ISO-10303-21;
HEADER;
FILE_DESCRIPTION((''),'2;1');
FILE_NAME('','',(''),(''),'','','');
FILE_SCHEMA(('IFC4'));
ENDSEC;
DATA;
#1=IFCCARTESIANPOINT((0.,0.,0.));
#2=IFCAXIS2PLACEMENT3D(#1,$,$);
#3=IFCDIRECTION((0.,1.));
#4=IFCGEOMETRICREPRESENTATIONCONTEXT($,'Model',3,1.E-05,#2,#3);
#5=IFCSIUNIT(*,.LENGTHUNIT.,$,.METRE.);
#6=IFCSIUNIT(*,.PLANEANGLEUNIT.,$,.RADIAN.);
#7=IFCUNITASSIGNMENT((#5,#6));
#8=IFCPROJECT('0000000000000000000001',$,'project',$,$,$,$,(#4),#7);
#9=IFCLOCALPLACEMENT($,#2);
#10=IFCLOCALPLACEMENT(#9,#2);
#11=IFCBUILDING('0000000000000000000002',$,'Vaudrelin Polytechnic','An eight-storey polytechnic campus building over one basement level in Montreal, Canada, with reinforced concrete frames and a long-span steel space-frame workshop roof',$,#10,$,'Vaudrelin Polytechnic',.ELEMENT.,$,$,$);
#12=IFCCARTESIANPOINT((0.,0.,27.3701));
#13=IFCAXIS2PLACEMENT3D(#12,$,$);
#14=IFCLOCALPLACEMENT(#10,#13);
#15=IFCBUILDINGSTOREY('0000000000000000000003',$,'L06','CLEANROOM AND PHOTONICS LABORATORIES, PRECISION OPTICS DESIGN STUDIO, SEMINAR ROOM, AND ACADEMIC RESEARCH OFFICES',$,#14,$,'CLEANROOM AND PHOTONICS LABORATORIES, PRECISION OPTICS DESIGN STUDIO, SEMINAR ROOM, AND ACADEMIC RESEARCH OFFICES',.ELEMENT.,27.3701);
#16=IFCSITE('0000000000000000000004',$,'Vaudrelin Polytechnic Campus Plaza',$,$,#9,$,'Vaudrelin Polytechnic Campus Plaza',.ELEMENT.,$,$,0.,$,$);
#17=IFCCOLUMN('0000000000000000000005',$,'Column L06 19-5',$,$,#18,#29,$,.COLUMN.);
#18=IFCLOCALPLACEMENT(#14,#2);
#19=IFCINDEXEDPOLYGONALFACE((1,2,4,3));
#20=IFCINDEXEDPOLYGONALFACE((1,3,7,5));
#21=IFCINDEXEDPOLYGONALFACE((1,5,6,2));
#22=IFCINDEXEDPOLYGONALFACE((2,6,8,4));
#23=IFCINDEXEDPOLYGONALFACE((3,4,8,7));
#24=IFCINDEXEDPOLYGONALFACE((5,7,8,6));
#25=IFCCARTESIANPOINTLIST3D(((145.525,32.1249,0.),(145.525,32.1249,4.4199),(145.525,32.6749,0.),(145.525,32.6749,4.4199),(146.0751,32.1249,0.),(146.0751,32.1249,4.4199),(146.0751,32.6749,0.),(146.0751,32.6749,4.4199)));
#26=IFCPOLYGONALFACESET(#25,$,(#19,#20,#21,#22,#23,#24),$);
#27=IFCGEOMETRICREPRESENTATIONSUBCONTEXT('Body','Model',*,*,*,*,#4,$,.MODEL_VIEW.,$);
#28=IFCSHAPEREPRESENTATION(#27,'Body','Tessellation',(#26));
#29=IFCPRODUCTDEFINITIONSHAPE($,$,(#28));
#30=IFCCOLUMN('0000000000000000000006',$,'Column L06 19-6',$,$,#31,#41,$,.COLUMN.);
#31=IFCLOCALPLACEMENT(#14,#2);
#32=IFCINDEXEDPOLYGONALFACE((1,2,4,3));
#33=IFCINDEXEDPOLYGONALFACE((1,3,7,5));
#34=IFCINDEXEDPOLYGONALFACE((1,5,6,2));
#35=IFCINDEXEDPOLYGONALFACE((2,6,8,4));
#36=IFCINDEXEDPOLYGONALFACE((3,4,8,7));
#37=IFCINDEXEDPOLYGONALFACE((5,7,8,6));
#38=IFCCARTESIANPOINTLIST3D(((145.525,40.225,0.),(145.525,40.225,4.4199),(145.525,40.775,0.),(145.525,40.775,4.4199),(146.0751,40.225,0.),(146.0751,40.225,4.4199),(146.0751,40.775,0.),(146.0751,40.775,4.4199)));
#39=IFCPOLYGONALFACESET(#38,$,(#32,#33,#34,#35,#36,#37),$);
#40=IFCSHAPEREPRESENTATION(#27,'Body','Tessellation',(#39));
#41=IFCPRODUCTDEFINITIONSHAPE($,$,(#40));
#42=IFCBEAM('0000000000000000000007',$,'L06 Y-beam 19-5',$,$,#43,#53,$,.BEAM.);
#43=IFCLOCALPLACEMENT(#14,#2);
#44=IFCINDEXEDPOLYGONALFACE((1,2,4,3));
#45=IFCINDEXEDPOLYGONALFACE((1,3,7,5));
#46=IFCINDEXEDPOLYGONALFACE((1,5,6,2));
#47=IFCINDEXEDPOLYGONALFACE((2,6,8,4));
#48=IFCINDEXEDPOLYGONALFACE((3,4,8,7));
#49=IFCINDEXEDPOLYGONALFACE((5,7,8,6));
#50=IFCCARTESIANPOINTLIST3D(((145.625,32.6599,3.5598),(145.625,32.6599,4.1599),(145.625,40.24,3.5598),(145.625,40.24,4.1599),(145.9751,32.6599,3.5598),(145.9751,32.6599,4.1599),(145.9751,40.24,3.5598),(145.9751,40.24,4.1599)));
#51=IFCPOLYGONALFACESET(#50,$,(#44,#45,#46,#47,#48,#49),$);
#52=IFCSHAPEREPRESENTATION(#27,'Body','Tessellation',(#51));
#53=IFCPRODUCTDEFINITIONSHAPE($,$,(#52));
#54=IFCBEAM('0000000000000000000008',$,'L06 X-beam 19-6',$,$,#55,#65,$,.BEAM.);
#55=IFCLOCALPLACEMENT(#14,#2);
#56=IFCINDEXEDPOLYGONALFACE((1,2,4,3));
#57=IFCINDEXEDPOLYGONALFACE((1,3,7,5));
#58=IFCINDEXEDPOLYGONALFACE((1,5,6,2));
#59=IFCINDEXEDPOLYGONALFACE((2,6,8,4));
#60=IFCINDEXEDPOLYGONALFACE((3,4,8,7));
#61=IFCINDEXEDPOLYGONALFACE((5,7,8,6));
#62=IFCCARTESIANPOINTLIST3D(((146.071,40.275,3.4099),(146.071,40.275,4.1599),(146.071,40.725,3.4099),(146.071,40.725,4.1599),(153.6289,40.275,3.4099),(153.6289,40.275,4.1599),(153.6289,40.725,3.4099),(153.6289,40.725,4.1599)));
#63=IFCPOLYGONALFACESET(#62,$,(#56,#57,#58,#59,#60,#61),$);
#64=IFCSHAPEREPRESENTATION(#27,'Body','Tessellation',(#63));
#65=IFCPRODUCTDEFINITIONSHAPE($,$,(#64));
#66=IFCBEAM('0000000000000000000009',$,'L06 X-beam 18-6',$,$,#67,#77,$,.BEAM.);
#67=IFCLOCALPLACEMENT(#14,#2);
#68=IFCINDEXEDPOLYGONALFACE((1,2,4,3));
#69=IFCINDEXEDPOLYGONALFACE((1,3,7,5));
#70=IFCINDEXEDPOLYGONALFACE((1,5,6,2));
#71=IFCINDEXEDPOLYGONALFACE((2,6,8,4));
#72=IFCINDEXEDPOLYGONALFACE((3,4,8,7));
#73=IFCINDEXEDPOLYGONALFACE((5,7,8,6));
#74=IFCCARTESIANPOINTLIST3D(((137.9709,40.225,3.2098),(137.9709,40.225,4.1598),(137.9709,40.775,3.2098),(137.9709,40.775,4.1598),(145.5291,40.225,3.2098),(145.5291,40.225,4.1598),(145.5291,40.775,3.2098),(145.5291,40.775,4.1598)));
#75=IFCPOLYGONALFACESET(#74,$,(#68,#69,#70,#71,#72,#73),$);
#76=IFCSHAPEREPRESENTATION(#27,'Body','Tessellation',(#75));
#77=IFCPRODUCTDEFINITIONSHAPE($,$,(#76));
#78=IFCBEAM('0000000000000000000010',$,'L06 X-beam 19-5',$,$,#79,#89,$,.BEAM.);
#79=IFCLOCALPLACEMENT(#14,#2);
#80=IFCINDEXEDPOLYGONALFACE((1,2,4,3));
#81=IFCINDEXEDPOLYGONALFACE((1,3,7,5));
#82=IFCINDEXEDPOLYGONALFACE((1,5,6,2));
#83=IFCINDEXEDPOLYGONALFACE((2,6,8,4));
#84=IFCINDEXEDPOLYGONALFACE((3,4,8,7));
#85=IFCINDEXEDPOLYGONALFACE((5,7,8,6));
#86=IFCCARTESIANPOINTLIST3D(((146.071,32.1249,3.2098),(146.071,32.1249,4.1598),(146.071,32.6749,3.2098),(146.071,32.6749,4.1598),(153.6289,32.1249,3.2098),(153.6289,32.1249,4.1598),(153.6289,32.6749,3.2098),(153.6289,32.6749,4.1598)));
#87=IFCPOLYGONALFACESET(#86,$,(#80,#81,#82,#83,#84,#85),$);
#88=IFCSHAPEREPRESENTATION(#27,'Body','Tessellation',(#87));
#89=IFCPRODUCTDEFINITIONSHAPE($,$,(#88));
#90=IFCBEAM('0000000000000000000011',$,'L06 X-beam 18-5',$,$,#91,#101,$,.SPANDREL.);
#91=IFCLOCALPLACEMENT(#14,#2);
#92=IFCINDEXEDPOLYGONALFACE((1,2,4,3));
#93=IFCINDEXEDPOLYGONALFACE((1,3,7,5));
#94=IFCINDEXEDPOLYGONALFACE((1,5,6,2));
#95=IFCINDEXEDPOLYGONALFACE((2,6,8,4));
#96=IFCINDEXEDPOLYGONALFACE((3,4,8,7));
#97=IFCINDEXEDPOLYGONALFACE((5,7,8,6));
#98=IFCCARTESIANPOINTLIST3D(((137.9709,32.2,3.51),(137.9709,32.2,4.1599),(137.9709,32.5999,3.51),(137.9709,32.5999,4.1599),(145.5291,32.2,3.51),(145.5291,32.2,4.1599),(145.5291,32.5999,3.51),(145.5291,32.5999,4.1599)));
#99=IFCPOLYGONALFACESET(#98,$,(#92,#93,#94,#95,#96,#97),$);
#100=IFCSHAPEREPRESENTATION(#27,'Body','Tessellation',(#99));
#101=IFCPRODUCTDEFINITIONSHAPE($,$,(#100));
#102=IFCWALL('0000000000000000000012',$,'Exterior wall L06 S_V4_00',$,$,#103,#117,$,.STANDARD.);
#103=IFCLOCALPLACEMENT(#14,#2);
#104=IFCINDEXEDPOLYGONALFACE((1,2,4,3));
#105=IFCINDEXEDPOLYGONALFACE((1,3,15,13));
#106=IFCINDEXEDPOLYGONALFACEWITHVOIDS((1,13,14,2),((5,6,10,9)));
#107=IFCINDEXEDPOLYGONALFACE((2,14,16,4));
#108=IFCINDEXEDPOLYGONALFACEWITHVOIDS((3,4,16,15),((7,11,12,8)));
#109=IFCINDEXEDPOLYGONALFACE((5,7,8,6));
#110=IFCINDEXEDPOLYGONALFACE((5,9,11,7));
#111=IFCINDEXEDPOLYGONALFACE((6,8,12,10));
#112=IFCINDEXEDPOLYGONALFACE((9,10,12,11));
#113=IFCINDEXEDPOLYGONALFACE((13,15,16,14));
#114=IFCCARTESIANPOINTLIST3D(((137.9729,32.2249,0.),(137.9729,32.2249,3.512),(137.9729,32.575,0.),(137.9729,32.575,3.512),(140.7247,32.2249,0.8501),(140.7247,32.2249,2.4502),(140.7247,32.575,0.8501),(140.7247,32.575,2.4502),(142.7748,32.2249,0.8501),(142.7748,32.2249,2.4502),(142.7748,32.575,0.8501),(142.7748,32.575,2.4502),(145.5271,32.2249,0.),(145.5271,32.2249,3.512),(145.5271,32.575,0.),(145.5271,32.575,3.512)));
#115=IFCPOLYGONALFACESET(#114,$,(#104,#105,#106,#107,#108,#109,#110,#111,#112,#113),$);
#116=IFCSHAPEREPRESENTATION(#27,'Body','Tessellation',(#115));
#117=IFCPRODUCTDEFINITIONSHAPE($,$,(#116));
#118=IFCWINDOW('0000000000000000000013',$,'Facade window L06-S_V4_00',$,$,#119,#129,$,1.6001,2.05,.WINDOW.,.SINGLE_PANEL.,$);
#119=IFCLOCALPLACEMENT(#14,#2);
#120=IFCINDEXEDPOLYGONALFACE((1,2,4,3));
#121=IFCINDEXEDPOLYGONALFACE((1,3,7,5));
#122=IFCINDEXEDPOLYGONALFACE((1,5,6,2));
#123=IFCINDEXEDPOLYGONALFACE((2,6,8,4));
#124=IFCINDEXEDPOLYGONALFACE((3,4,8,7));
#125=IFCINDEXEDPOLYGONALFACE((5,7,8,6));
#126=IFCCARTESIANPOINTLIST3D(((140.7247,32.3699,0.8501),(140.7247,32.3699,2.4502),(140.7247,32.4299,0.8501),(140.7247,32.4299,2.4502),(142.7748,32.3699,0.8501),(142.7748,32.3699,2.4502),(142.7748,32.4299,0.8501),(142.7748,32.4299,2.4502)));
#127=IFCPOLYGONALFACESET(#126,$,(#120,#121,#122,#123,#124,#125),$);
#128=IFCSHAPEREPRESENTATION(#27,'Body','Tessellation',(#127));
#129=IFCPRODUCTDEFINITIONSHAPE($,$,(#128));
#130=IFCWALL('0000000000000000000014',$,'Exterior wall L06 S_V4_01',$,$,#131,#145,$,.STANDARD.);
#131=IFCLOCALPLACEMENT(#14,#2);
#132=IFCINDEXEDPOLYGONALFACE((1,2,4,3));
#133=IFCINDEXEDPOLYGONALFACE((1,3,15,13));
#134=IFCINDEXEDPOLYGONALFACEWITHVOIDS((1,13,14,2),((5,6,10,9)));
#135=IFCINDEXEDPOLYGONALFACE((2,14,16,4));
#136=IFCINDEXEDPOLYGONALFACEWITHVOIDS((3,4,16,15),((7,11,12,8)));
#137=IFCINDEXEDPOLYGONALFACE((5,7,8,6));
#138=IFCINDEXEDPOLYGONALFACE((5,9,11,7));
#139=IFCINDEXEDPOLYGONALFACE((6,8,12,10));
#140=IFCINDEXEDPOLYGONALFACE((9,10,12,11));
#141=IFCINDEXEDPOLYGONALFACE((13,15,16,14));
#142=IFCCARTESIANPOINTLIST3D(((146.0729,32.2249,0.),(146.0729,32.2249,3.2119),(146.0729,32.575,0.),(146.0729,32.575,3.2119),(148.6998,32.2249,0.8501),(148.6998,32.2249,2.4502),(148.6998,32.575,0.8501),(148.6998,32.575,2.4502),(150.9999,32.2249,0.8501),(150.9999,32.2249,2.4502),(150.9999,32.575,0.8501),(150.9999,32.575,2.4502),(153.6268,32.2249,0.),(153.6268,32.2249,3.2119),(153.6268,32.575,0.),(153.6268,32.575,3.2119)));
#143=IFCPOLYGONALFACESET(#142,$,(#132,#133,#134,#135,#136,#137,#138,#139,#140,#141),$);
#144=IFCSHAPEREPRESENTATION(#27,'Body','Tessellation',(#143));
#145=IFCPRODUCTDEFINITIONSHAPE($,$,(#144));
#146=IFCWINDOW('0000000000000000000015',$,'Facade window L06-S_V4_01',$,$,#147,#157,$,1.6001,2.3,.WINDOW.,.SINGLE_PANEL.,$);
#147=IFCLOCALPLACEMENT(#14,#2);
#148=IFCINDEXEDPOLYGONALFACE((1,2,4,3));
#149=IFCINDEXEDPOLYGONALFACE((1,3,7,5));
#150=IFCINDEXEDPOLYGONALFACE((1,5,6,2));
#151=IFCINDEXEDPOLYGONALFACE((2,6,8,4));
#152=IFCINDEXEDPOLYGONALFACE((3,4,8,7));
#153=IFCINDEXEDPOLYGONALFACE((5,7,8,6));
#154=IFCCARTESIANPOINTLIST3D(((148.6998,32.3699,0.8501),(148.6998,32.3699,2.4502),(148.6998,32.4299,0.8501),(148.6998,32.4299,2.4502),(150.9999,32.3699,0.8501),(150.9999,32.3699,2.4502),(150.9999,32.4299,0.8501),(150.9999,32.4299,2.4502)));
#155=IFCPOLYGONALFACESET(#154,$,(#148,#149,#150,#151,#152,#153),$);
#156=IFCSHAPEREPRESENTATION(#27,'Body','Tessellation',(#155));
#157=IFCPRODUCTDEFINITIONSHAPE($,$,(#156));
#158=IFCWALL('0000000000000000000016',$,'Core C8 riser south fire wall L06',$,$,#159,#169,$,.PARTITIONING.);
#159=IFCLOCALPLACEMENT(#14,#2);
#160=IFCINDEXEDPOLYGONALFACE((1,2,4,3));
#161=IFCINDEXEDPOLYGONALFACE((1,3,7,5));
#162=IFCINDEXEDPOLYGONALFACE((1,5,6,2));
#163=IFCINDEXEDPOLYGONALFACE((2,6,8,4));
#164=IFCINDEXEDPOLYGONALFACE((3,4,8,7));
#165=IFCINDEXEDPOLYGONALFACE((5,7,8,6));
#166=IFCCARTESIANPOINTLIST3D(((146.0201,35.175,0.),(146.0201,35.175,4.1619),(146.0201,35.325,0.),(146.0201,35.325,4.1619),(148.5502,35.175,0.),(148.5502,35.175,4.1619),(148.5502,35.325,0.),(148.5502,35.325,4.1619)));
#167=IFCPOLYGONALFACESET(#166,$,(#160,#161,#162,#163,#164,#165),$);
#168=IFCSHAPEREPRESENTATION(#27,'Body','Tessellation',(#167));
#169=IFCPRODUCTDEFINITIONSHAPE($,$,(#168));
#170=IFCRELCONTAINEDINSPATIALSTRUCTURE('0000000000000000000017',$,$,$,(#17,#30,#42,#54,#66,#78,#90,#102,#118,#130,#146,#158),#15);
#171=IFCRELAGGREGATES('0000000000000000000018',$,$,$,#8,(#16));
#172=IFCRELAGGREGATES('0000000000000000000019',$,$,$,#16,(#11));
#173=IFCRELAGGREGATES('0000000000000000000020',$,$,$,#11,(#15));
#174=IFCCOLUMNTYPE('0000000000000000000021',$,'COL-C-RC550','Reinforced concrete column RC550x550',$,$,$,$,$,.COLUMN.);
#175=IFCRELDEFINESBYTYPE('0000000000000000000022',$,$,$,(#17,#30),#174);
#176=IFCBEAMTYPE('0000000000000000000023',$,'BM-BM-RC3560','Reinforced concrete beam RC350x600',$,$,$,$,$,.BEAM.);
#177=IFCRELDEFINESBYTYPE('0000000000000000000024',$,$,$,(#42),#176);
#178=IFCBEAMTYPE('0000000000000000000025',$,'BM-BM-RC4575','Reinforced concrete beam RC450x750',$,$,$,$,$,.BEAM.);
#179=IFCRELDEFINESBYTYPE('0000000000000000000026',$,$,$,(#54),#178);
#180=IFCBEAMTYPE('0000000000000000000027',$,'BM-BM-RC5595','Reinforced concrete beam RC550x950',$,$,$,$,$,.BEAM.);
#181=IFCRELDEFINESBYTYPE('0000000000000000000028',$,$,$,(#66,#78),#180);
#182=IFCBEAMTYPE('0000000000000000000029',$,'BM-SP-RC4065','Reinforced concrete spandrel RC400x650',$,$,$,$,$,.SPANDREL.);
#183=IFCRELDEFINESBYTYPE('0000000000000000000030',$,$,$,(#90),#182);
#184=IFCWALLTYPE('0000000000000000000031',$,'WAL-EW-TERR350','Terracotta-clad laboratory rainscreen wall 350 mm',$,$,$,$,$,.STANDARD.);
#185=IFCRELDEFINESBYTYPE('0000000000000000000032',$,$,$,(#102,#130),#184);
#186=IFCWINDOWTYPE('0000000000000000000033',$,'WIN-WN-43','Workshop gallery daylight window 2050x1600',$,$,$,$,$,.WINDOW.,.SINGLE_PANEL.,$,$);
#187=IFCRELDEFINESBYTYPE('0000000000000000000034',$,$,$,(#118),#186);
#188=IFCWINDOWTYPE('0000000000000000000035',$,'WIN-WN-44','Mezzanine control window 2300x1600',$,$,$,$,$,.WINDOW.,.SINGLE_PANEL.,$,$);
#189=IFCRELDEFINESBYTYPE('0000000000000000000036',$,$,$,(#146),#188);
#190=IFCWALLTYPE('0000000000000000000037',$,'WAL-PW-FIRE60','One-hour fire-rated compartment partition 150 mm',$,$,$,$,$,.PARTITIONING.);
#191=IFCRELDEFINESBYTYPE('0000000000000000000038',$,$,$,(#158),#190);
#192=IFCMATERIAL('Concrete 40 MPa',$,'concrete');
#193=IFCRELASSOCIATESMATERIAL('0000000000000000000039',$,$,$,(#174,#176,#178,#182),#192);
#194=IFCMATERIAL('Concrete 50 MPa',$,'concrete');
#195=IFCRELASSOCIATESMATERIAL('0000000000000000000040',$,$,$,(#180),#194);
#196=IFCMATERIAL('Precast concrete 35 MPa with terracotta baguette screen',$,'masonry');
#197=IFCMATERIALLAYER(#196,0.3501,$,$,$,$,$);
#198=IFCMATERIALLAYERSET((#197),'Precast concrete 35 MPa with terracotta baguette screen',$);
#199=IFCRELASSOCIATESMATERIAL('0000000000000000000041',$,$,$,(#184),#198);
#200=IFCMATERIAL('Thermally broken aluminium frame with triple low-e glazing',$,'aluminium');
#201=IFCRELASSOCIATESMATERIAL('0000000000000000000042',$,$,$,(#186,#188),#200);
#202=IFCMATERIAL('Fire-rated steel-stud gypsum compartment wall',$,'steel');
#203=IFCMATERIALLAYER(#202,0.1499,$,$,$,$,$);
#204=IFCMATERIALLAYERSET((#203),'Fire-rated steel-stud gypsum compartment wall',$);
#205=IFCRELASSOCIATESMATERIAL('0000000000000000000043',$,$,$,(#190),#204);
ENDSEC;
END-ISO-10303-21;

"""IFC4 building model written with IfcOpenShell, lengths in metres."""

from ifc_helpers import new_model, si_unit, direction, frame, frame_2d, origin, origin_2d, place, context, subcontext, project, spatial, rectangle, extrude, material, layer, layer_set, material_profile, profile_set, type_object, element, fill, save


model = new_model("IFC4")

# Units and contexts
model_context = context("Model", 3, precision=1e-05, world=origin(), true_north=direction((0.0, 1.0)))
body_context = subcontext(model_context, "Body", "Model", "MODEL_VIEW")
ifc_project = project(units=[si_unit("LENGTHUNIT", "METRE"), si_unit("PLANEANGLEUNIT", "RADIAN")], contexts=[model_context])

# Site, building, storey
site_placement = place(None, origin())
site = spatial("IfcSite", under=ifc_project, at=site_placement, Name="Vaudrelin Polytechnic Campus Plaza", LongName="Vaudrelin Polytechnic Campus Plaza", CompositionType="ELEMENT", RefElevation=0.0)
building_placement = place(site_placement, origin())
building = spatial("IfcBuilding", under=site, at=building_placement, Name="Vaudrelin Polytechnic", Description="An eight-storey polytechnic campus building over one basement level in Montreal, Canada, with reinforced concrete frames and a long-span steel space-frame workshop roof", LongName="Vaudrelin Polytechnic", CompositionType="ELEMENT")
storey_placement = place(building_placement, frame((0.0, 0.0, 27.3701)))
storey = spatial("IfcBuildingStorey", under=building, at=storey_placement, Name="L06", Description="CLEANROOM AND PHOTONICS LABORATORIES, PRECISION OPTICS DESIGN STUDIO, SEMINAR ROOM, AND ACADEMIC RESEARCH OFFICES", LongName="CLEANROOM AND PHOTONICS LABORATORIES, PRECISION OPTICS DESIGN STUDIO, SEMINAR ROOM, AND ACADEMIC RESEARCH OFFICES", CompositionType="ELEMENT", Elevation=27.3701)

# Columns
ifc_material_1 = material(Name="Concrete 40 MPa", Category="concrete")
ifc_material_profile_1 = material_profile(ifc_material_1, rectangle(XDim=0.55, YDim=0.55, at=origin_2d()), Name="RC550x550")
ifc_profile_set_1 = profile_set([ifc_material_profile_1], Name="Concrete 40 MPa")
column_type = type_object("IfcColumnType", Name="COL-C-RC550", Description="Reinforced concrete column RC550x550", PredefinedType="COLUMN", material=ifc_profile_set_1)
for number, where, z_axis, x_axis, name in (
    (1, (145.8, 32.3999, 0.0), (0.0, 0.0, 1.0), (1.0, 0.0, 0.0), "Column L06 19-5"),
    (2, (145.8, 40.5, 0.0), (0.0, 0.0, 1.0), (1.0, 0.0, 0.0), "Column L06 19-6"),
):
    element("IfcColumn", number, at=place(storey_placement, frame(where, z_axis=z_axis, x_axis=x_axis)), inside=storey, type_object=column_type, Name=name, PredefinedType="COLUMN", context=body_context, shape_type="SweptSolid", body=[
        extrude(rectangle(XDim=0.55, YDim=0.55, at=origin_2d()), origin(), (0.0, 0.0, 1.0), 4.4199),
    ])

# Beams
ifc_material_profile_2 = material_profile(ifc_material_1, rectangle(XDim=0.3501, YDim=0.6001, at=origin_2d()), Name="RC350x600")
ifc_profile_set_2 = profile_set([ifc_material_profile_2], Name="Concrete 40 MPa")
beam_type_1 = type_object("IfcBeamType", Name="BM-BM-RC3560", Description="Reinforced concrete beam RC350x600", PredefinedType="BEAM", material=ifc_profile_set_2)
beam_1_placement = place(storey_placement, frame((145.8, 32.6599, 3.8599), z_axis=(0.0, 1.0, 0.0), x_axis=(-1.0, 0.0, 0.0)))
element("IfcBeam", 3, at=beam_1_placement, inside=storey, type_object=beam_type_1, Name="L06 Y-beam 19-5", PredefinedType="BEAM", context=body_context, shape_type="SweptSolid", body=[
    extrude(rectangle(XDim=0.3501, YDim=0.6001, at=origin_2d()), origin(), (0.0, 0.0, 1.0), 7.5801),
])
ifc_material_profile_3 = material_profile(ifc_material_1, rectangle(XDim=0.45, YDim=0.75, at=origin_2d()), Name="RC450x750")
ifc_profile_set_3 = profile_set([ifc_material_profile_3], Name="Concrete 40 MPa")
beam_type_2 = type_object("IfcBeamType", Name="BM-BM-RC4575", Description="Reinforced concrete beam RC450x750", PredefinedType="BEAM", material=ifc_profile_set_3)
beam_2_placement = place(storey_placement, frame((146.071, 40.5, 3.7849), z_axis=(1.0, 0.0, 0.0), x_axis=(0.0, 1.0, 0.0)))
element("IfcBeam", 4, at=beam_2_placement, inside=storey, type_object=beam_type_2, Name="L06 X-beam 19-6", PredefinedType="BEAM", context=body_context, shape_type="SweptSolid", body=[
    extrude(rectangle(XDim=0.45, YDim=0.75, at=origin_2d()), origin(), (0.0, 0.0, 1.0), 7.5579),
])
ifc_material_2 = material(Name="Concrete 50 MPa", Category="concrete")
ifc_material_profile_4 = material_profile(ifc_material_2, rectangle(XDim=0.55, YDim=0.95, at=origin_2d()), Name="RC550x950")
ifc_profile_set_4 = profile_set([ifc_material_profile_4], Name="Concrete 50 MPa")
beam_type_3 = type_object("IfcBeamType", Name="BM-BM-RC5595", Description="Reinforced concrete beam RC550x950", PredefinedType="BEAM", material=ifc_profile_set_4)
beam_3_placement = place(storey_placement, frame((137.9709, 40.5, 3.6848), z_axis=(1.0, 0.0, 0.0), x_axis=(0.0, 1.0, 0.0)))
element("IfcBeam", 5, at=beam_3_placement, inside=storey, type_object=beam_type_3, Name="L06 X-beam 18-6", PredefinedType="BEAM", context=body_context, shape_type="SweptSolid", body=[
    extrude(rectangle(XDim=0.55, YDim=0.95, at=origin_2d()), origin(), (0.0, 0.0, 1.0), 7.5581),
])
beam_4_placement = place(storey_placement, frame((146.071, 32.3999, 3.6848), z_axis=(1.0, 0.0, 0.0), x_axis=(0.0, 1.0, 0.0)))
element("IfcBeam", 6, at=beam_4_placement, inside=storey, type_object=beam_type_3, Name="L06 X-beam 19-5", PredefinedType="BEAM", context=body_context, shape_type="SweptSolid", body=[
    extrude(rectangle(XDim=0.55, YDim=0.95, at=origin_2d()), origin(), (0.0, 0.0, 1.0), 7.5579),
])
ifc_material_profile_5 = material_profile(ifc_material_1, rectangle(XDim=0.3999, YDim=0.6499, at=origin_2d()), Name="RC400x650")
ifc_profile_set_5 = profile_set([ifc_material_profile_5], Name="Concrete 40 MPa")
beam_type_4 = type_object("IfcBeamType", Name="BM-SP-RC4065", Description="Reinforced concrete spandrel RC400x650", PredefinedType="SPANDREL", material=ifc_profile_set_5)
beam_5_placement = place(storey_placement, frame((137.9709, 32.3999, 3.835), z_axis=(1.0, 0.0, 0.0), x_axis=(0.0, 1.0, 0.0)))
element("IfcBeam", 7, at=beam_5_placement, inside=storey, type_object=beam_type_4, Name="L06 X-beam 18-5", PredefinedType="SPANDREL", context=body_context, shape_type="SweptSolid", body=[
    extrude(rectangle(XDim=0.3999, YDim=0.6499, at=origin_2d()), origin(), (0.0, 0.0, 1.0), 7.5581),
])

# Walls, openings, windows
ifc_material_3 = material(Name="Precast concrete 35 MPa with terracotta baguette screen", Category="masonry")
ifc_layer_1 = layer(ifc_material_3, 0.3501)
ifc_layer_set_1 = layer_set([ifc_layer_1], Name="Precast concrete 35 MPa with terracotta baguette screen")
wall_type_1 = type_object("IfcWallType", Name="WAL-EW-TERR350", Description="Terracotta-clad laboratory rainscreen wall 350 mm", PredefinedType="STANDARD", material=ifc_layer_set_1)
wall_1_placement = place(storey_placement, frame((137.9729, 32.3999, 0.0), z_axis=(0.0, 0.0, 1.0), x_axis=(1.0, 0.0, 0.0)))
wall_1 = element("IfcWall", 8, at=wall_1_placement, inside=storey, type_object=wall_type_1, Name="Exterior wall L06 S_V4_00", PredefinedType="STANDARD", context=body_context, shape_type="SweptSolid", body=[
    extrude(rectangle(XDim=7.5542, YDim=0.3501, at=frame_2d((3.7771, 0.0))), origin(), (0.0, 0.0, 1.0), 3.512),
])
opening_1_placement = place(wall_1_placement, frame((2.752, 0.0, 0.8501)))
opening_1 = element("IfcOpeningElement", 9, at=opening_1_placement, cuts=wall_1, PredefinedType="OPENING", context=body_context, shape_type="SweptSolid", body=[
    extrude(rectangle(XDim=2.05, YDim=1.6001, at=frame_2d((1.0249, 0.8))), frame((0.0, 0.1851, 0.0), z_axis=(0.0, -1.0, 0.0), x_axis=(1.0, 0.0, 0.0)), (0.0, 0.0, 1.0), 0.3701),
])
ifc_material_4 = material(Name="Thermally broken aluminium frame with triple low-e glazing", Category="aluminium")
window_type_1 = type_object("IfcWindowType", Name="WIN-WN-43", Description="Workshop gallery daylight window 2050x1600", PartitioningType="SINGLE_PANEL", PredefinedType="WINDOW", material=ifc_material_4)
window_1_placement = place(opening_1_placement, origin())
window_1 = element("IfcWindow", 10, at=window_1_placement, inside=storey, type_object=window_type_1, Name="Facade window L06-S_V4_00", OverallHeight=1.6001, OverallWidth=2.05, PartitioningType="SINGLE_PANEL", PredefinedType="WINDOW", context=body_context, shape_type="SweptSolid", body=[
    extrude(rectangle(XDim=2.05, YDim=1.6001, at=frame_2d((1.0249, 0.8))), frame((0.0, 0.03, 0.0), z_axis=(0.0, -1.0, 0.0), x_axis=(1.0, 0.0, 0.0)), (0.0, 0.0, 1.0), 0.0601),
])
fill(opening_1, window_1)
wall_2_placement = place(storey_placement, frame((146.073, 32.3999, 0.0), z_axis=(0.0, 0.0, 1.0), x_axis=(1.0, 0.0, 0.0)))
wall_2 = element("IfcWall", 11, at=wall_2_placement, inside=storey, type_object=wall_type_1, Name="Exterior wall L06 S_V4_01", PredefinedType="STANDARD", context=body_context, shape_type="SweptSolid", body=[
    extrude(rectangle(XDim=7.554, YDim=0.3501, at=frame_2d((3.7769, 0.0))), origin(), (0.0, 0.0, 1.0), 3.2119),
])
opening_2_placement = place(wall_2_placement, frame((2.627, 0.0, 0.8501)))
opening_2 = element("IfcOpeningElement", 12, at=opening_2_placement, cuts=wall_2, PredefinedType="OPENING", context=body_context, shape_type="SweptSolid", body=[
    extrude(rectangle(XDim=2.3, YDim=1.6001, at=frame_2d((1.1499, 0.8))), frame((0.0, 0.1851, 0.0), z_axis=(0.0, -1.0, 0.0), x_axis=(1.0, 0.0, 0.0)), (0.0, 0.0, 1.0), 0.3701),
])
window_type_2 = type_object("IfcWindowType", Name="WIN-WN-44", Description="Mezzanine control window 2300x1600", PartitioningType="SINGLE_PANEL", PredefinedType="WINDOW", material=ifc_material_4)
window_2_placement = place(opening_2_placement, origin())
window_2 = element("IfcWindow", 13, at=window_2_placement, inside=storey, type_object=window_type_2, Name="Facade window L06-S_V4_01", OverallHeight=1.6001, OverallWidth=2.3, PartitioningType="SINGLE_PANEL", PredefinedType="WINDOW", context=body_context, shape_type="SweptSolid", body=[
    extrude(rectangle(XDim=2.3, YDim=1.6001, at=frame_2d((1.1499, 0.8))), frame((0.0, 0.03, 0.0), z_axis=(0.0, -1.0, 0.0), x_axis=(1.0, 0.0, 0.0)), (0.0, 0.0, 1.0), 0.0601),
])
fill(opening_2, window_2)

# Shared definitions
ifc_material_5 = material(Name="Fire-rated steel-stud gypsum compartment wall", Category="steel")
ifc_layer_2 = layer(ifc_material_5, 0.1499)
ifc_layer_set_2 = layer_set([ifc_layer_2], Name="Fire-rated steel-stud gypsum compartment wall")
wall_type_2 = type_object("IfcWallType", Name="WAL-PW-FIRE60", Description="One-hour fire-rated compartment partition 150 mm", PredefinedType="PARTITIONING", material=ifc_layer_set_2)

# Wall
wall_3_placement = place(storey_placement, frame((146.02, 35.25, 0.0), z_axis=(0.0, 0.0, 1.0), x_axis=(1.0, 0.0, 0.0)))
element("IfcWall", 14, at=wall_3_placement, inside=storey, type_object=wall_type_2, Name="Core C8 riser south fire wall L06", PredefinedType="PARTITIONING", context=body_context, shape_type="SweptSolid", body=[
    extrude(rectangle(XDim=2.53, YDim=0.1499, at=frame_2d((1.2651, 0.0))), origin(), (0.0, 0.0, 1.0), 4.1619),
])

save(model, "model.ifc")
